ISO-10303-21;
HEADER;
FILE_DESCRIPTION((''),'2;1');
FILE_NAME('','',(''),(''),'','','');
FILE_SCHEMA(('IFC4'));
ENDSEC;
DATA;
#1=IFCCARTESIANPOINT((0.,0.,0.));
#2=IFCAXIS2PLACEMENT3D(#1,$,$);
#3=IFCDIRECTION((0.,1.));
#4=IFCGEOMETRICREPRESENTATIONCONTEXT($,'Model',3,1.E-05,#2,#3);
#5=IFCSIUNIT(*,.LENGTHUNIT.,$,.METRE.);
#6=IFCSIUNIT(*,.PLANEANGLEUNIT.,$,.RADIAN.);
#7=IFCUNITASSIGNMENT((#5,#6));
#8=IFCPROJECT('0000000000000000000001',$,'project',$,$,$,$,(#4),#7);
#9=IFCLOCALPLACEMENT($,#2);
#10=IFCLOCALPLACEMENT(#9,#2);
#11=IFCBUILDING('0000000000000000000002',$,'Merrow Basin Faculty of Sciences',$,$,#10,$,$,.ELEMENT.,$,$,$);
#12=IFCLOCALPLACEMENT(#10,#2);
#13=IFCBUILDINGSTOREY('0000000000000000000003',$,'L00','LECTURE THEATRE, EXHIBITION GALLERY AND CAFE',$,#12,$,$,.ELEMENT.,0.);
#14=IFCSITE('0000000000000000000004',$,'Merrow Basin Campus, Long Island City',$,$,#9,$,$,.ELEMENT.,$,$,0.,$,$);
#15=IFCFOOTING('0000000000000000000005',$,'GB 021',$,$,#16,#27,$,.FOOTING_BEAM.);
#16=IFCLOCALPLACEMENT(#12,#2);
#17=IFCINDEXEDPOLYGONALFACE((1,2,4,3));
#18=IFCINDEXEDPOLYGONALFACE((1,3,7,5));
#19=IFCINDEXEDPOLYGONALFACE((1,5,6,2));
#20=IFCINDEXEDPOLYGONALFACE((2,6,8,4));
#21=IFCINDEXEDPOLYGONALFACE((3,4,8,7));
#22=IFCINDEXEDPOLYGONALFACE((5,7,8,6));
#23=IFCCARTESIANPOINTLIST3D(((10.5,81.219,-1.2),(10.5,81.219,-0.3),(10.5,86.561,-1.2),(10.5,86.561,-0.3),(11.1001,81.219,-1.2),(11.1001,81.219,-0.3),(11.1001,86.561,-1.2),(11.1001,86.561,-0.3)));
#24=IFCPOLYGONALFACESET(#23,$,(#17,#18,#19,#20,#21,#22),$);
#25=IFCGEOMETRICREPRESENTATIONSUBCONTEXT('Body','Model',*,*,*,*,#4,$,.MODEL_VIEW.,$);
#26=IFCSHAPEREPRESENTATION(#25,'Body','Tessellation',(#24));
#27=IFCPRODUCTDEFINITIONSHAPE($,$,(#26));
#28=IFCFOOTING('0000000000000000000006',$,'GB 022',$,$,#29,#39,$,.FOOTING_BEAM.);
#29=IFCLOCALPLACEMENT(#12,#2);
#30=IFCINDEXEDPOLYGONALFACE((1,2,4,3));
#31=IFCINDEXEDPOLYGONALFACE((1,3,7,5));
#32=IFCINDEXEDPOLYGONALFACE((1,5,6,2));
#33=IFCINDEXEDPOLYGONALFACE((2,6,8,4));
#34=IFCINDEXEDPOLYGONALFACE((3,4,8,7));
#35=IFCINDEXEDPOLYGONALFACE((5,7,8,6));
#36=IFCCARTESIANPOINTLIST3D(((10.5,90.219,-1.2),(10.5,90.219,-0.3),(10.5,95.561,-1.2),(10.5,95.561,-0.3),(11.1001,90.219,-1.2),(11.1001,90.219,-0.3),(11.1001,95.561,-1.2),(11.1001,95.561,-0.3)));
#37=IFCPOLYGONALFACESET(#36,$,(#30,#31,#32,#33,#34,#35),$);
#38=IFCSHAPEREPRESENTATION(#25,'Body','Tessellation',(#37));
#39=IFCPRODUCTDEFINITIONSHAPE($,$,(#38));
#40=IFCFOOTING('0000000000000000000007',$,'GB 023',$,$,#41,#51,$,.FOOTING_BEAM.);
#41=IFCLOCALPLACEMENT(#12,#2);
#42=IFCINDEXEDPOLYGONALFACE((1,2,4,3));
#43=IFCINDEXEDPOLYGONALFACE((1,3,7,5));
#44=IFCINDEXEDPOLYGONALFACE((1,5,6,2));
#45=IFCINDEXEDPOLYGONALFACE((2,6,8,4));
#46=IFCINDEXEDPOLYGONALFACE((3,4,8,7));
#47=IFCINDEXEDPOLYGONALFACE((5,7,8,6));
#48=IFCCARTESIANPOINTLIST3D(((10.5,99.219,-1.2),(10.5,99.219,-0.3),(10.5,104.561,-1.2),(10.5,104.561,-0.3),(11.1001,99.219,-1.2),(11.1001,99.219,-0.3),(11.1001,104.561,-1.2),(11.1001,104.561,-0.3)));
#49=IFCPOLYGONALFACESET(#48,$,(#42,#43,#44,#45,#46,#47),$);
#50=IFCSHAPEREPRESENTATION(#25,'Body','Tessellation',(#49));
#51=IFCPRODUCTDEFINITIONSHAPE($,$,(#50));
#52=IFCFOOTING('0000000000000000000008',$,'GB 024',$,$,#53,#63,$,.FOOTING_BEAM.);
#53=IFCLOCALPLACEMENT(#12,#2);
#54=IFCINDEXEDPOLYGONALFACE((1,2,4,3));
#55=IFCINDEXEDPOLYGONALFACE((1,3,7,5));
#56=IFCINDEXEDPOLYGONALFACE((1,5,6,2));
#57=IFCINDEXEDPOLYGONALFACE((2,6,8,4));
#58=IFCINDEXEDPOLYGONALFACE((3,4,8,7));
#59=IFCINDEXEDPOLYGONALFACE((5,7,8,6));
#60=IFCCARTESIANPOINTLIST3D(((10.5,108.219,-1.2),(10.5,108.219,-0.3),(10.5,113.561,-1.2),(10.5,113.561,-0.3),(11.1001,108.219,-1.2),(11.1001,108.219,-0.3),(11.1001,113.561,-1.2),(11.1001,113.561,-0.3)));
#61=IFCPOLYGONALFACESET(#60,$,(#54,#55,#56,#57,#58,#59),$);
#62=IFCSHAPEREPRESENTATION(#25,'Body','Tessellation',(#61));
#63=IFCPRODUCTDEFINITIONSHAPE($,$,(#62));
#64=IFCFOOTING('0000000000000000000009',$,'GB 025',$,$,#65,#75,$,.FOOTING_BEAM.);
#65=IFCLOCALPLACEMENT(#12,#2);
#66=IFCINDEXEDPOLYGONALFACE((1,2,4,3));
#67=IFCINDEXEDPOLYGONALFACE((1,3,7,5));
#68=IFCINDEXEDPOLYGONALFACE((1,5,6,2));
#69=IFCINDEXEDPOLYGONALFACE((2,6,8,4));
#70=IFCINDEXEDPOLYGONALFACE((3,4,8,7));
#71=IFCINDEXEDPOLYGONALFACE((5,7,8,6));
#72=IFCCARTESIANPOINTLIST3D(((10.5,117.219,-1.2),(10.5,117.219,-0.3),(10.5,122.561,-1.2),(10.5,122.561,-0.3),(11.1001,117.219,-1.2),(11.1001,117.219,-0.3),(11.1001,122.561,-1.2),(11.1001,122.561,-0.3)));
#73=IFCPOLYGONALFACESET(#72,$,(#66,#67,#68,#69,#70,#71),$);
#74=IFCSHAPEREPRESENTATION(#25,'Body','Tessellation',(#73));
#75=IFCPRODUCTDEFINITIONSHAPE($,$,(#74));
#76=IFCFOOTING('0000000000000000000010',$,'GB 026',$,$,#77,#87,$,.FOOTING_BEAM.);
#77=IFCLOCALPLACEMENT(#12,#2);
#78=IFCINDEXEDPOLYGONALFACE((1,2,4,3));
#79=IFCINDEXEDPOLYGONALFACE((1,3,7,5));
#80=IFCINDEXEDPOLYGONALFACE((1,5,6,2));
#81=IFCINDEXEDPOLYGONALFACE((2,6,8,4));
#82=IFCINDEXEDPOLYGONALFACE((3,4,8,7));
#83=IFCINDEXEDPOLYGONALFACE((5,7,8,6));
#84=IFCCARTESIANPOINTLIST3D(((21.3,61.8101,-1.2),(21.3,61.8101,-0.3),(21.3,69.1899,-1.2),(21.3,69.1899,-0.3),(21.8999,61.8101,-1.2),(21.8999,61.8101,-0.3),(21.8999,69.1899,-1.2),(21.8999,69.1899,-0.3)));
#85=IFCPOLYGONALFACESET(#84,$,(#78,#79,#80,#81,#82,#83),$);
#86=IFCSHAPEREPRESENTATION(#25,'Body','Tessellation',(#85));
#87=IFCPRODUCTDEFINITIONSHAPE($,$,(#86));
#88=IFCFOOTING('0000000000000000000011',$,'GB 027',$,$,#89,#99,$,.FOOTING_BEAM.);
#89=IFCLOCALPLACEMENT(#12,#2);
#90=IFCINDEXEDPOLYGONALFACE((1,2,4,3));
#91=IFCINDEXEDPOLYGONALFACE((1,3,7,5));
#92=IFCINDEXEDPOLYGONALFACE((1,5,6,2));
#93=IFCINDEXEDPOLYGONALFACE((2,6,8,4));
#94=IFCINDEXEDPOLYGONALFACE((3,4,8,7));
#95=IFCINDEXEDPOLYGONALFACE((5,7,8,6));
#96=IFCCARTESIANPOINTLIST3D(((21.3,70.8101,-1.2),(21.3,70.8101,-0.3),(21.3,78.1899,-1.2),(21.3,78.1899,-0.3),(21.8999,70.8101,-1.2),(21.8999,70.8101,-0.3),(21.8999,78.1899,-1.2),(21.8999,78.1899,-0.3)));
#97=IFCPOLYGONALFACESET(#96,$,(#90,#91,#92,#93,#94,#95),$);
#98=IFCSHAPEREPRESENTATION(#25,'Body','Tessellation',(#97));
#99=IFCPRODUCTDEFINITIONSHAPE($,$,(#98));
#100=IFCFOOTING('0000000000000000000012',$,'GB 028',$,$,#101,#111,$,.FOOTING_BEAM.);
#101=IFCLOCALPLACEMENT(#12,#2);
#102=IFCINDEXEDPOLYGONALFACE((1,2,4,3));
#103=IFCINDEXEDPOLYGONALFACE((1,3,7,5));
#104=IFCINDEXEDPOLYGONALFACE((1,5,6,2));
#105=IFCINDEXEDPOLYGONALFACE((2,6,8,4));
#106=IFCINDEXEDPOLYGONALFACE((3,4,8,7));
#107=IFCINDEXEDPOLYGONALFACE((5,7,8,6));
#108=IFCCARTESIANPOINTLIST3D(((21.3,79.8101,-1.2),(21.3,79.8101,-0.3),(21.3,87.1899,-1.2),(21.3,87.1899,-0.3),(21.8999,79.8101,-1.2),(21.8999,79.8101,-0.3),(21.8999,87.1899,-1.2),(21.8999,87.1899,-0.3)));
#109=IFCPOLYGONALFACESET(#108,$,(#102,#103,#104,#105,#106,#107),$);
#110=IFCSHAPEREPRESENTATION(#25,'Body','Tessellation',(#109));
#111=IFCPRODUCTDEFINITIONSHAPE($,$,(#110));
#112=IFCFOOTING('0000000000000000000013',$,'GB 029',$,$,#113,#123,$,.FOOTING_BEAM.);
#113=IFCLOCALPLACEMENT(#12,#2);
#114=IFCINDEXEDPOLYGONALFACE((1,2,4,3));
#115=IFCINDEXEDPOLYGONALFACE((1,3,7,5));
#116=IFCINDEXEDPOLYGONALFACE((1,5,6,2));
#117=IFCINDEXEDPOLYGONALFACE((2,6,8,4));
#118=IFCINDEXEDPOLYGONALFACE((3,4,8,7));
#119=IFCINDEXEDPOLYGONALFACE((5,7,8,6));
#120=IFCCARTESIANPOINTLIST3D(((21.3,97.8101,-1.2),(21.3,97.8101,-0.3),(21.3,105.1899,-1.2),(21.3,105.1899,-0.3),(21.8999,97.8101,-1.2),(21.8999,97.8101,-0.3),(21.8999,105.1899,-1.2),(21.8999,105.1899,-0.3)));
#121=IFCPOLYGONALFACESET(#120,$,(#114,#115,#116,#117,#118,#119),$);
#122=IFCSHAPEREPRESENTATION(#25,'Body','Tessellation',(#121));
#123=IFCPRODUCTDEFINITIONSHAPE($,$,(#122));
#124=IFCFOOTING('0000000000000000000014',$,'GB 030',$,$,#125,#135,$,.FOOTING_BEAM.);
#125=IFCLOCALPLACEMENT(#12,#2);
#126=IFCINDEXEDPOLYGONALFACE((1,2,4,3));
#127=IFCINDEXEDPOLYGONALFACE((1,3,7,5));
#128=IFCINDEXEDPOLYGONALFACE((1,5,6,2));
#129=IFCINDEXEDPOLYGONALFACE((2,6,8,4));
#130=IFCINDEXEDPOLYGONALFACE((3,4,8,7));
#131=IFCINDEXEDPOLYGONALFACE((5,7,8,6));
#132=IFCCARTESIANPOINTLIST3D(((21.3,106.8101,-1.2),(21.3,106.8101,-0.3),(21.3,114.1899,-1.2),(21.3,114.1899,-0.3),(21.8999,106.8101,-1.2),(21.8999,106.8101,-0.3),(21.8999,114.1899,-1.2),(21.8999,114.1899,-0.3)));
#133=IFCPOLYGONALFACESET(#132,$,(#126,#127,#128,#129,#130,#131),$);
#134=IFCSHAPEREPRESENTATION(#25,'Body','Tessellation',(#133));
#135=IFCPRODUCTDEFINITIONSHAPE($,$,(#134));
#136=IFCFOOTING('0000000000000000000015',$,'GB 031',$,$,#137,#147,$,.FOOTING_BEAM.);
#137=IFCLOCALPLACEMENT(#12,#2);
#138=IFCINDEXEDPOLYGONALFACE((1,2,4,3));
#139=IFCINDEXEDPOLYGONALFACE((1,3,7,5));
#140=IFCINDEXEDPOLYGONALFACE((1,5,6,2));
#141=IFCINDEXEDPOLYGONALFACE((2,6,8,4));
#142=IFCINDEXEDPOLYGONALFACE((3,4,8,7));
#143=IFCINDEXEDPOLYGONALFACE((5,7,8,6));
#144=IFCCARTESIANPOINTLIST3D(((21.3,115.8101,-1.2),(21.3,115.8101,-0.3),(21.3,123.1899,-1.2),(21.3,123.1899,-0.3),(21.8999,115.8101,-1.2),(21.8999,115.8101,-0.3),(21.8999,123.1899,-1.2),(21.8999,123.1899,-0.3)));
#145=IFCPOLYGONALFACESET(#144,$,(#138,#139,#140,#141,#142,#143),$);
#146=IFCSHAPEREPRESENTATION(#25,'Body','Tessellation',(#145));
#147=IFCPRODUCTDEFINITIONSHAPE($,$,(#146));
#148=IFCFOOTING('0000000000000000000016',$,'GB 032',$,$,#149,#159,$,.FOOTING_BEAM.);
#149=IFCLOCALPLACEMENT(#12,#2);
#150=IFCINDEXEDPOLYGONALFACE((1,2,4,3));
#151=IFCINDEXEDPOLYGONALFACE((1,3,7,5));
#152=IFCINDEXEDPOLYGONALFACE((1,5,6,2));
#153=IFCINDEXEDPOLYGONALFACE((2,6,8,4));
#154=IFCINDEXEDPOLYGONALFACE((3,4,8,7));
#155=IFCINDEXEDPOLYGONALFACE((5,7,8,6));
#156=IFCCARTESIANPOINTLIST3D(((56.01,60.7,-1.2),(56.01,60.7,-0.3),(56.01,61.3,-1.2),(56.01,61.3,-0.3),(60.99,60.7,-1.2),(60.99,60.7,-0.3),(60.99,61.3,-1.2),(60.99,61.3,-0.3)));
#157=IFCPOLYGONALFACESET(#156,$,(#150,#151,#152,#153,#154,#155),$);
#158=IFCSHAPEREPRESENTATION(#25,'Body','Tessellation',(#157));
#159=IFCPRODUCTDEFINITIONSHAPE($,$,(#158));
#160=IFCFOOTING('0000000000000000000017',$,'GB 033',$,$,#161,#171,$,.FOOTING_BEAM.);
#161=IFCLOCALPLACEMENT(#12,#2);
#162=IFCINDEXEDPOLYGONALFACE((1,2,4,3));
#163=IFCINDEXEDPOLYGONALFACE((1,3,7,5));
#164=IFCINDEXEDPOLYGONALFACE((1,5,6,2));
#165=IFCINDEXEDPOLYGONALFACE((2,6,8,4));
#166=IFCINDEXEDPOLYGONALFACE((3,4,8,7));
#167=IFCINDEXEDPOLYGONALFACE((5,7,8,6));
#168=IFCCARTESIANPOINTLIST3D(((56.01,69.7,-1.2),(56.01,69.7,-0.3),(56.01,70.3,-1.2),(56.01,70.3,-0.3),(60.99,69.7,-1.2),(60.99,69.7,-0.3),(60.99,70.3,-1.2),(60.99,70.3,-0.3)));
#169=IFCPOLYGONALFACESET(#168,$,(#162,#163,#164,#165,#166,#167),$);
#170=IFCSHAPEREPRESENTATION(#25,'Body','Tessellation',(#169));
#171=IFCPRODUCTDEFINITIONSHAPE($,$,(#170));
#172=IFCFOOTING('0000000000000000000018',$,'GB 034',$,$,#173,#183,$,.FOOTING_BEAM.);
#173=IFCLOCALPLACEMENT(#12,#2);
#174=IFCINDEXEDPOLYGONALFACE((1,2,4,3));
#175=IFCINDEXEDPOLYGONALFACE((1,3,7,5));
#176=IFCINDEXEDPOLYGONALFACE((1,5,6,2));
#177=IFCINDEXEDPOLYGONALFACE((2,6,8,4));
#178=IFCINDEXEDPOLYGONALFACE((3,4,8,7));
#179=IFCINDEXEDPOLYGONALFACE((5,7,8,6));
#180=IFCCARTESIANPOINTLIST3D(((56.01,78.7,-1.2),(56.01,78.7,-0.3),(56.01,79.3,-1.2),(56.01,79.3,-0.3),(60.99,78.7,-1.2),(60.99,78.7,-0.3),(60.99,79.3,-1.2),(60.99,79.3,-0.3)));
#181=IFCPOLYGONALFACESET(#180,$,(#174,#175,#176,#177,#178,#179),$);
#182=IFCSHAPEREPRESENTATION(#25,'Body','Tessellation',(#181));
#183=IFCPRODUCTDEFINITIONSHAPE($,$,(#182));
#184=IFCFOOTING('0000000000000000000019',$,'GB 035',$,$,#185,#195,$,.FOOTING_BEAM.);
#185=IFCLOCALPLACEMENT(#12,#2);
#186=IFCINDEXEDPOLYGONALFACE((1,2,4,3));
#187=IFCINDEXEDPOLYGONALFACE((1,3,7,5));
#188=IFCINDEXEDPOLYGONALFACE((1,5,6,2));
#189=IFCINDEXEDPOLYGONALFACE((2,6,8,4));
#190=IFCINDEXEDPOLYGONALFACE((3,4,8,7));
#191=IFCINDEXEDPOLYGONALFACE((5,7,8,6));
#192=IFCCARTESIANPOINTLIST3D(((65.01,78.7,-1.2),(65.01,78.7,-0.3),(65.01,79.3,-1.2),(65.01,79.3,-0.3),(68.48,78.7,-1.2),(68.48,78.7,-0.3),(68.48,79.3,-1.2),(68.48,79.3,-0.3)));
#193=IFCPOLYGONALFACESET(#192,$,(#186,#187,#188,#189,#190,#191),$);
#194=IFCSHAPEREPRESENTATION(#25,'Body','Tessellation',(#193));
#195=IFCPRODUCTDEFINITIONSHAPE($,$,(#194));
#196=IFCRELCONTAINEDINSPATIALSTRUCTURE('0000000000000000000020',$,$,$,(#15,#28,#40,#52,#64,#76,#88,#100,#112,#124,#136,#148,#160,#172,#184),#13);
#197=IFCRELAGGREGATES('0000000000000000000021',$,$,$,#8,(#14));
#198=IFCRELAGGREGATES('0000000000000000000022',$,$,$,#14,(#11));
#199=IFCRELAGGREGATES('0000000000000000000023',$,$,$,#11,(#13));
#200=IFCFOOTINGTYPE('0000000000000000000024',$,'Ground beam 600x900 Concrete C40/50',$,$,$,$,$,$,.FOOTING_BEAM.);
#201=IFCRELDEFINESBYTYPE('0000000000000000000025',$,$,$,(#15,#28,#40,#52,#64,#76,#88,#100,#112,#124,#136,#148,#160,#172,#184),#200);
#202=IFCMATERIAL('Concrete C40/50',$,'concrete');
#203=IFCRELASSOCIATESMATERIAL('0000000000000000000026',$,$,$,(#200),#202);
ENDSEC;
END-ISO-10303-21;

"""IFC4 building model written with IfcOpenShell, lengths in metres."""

from ifc_helpers import new_model, si_unit, direction, frame, origin, place, context, subcontext, project, spatial, polyline, outline, extrude, material, type_object, element, save


model = new_model("IFC4")

# Units and contexts
model_context = context("Model", 3, precision=1e-05, world=origin(), true_north=direction((0.0, 1.0)))
body_context = subcontext(model_context, "Body", "Model", "MODEL_VIEW")
ifc_project = project(units=[si_unit("LENGTHUNIT", "METRE"), si_unit("PLANEANGLEUNIT", "RADIAN")], contexts=[model_context])

# Site, building, storey
site_placement = place(None, origin())
site = spatial("IfcSite", under=ifc_project, at=site_placement, Name="Merrow Basin Campus, Long Island City", CompositionType="ELEMENT", RefElevation=0.0)
building_placement = place(site_placement, origin())
building = spatial("IfcBuilding", under=site, at=building_placement, Name="Merrow Basin Faculty of Sciences", CompositionType="ELEMENT")
storey_placement = place(building_placement, origin())
storey = spatial("IfcBuildingStorey", under=building, at=storey_placement, Name="L00", Description="LECTURE THEATRE, EXHIBITION GALLERY AND CAFE", CompositionType="ELEMENT", Elevation=0.0)

# Footings
ifc_material = material(Name="Concrete C40/50", Category="concrete")
footing_type = type_object("IfcFootingType", Name="Ground beam 600x900 Concrete C40/50", PredefinedType="FOOTING_BEAM", material=ifc_material)
footing_1_placement = place(storey_placement, frame((0.0, 0.0, -1.2)))
element("IfcFooting", 1, at=footing_1_placement, inside=storey, type_object=footing_type, Name="GB 021", PredefinedType="FOOTING_BEAM", context=body_context, shape_type="SweptSolid", body=[
    extrude(outline(polyline([(10.5, 81.219), (11.1001, 81.219), (11.1001, 86.561), (10.5, 86.561), (10.5, 81.219)])), origin(), (0.0, 0.0, 1.0), 0.8999),
])
footing_2_placement = place(storey_placement, frame((0.0, 0.0, -1.2)))
element("IfcFooting", 2, at=footing_2_placement, inside=storey, type_object=footing_type, Name="GB 022", PredefinedType="FOOTING_BEAM", context=body_context, shape_type="SweptSolid", body=[
    extrude(outline(polyline([(10.5, 90.219), (11.1001, 90.219), (11.1001, 95.561), (10.5, 95.561), (10.5, 90.219)])), origin(), (0.0, 0.0, 1.0), 0.8999),
])
footing_3_placement = place(storey_placement, frame((0.0, 0.0, -1.2)))
element("IfcFooting", 3, at=footing_3_placement, inside=storey, type_object=footing_type, Name="GB 023", PredefinedType="FOOTING_BEAM", context=body_context, shape_type="SweptSolid", body=[
    extrude(outline(polyline([(10.5, 99.219), (11.1001, 99.219), (11.1001, 104.561), (10.5, 104.561), (10.5, 99.219)])), origin(), (0.0, 0.0, 1.0), 0.8999),
])
footing_4_placement = place(storey_placement, frame((0.0, 0.0, -1.2)))
element("IfcFooting", 4, at=footing_4_placement, inside=storey, type_object=footing_type, Name="GB 024", PredefinedType="FOOTING_BEAM", context=body_context, shape_type="SweptSolid", body=[
    extrude(outline(polyline([(10.5, 108.219), (11.1001, 108.219), (11.1001, 113.561), (10.5, 113.561), (10.5, 108.219)])), origin(), (0.0, 0.0, 1.0), 0.8999),
])
footing_5_placement = place(storey_placement, frame((0.0, 0.0, -1.2)))
element("IfcFooting", 5, at=footing_5_placement, inside=storey, type_object=footing_type, Name="GB 025", PredefinedType="FOOTING_BEAM", context=body_context, shape_type="SweptSolid", body=[
    extrude(outline(polyline([(10.5, 117.219), (11.1001, 117.219), (11.1001, 122.561), (10.5, 122.561), (10.5, 117.219)])), origin(), (0.0, 0.0, 1.0), 0.8999),
])
footing_6_placement = place(storey_placement, frame((0.0, 0.0, -1.2)))
element("IfcFooting", 6, at=footing_6_placement, inside=storey, type_object=footing_type, Name="GB 026", PredefinedType="FOOTING_BEAM", context=body_context, shape_type="SweptSolid", body=[
    extrude(outline(polyline([(21.3, 61.8101), (21.8999, 61.8101), (21.8999, 69.1899), (21.3, 69.1899), (21.3, 61.8101)])), origin(), (0.0, 0.0, 1.0), 0.8999),
])
footing_7_placement = place(storey_placement, frame((0.0, 0.0, -1.2)))
element("IfcFooting", 7, at=footing_7_placement, inside=storey, type_object=footing_type, Name="GB 027", PredefinedType="FOOTING_BEAM", context=body_context, shape_type="SweptSolid", body=[
    extrude(outline(polyline([(21.3, 70.8101), (21.8999, 70.8101), (21.8999, 78.1899), (21.3, 78.1899), (21.3, 70.8101)])), origin(), (0.0, 0.0, 1.0), 0.8999),
])
footing_8_placement = place(storey_placement, frame((0.0, 0.0, -1.2)))
element("IfcFooting", 8, at=footing_8_placement, inside=storey, type_object=footing_type, Name="GB 028", PredefinedType="FOOTING_BEAM", context=body_context, shape_type="SweptSolid", body=[
    extrude(outline(polyline([(21.3, 79.8101), (21.8999, 79.8101), (21.8999, 87.1899), (21.3, 87.1899), (21.3, 79.8101)])), origin(), (0.0, 0.0, 1.0), 0.8999),
])
footing_9_placement = place(storey_placement, frame((0.0, 0.0, -1.2)))
element("IfcFooting", 9, at=footing_9_placement, inside=storey, type_object=footing_type, Name="GB 029", PredefinedType="FOOTING_BEAM", context=body_context, shape_type="SweptSolid", body=[
    extrude(outline(polyline([(21.3, 97.8101), (21.8999, 97.8101), (21.8999, 105.1899), (21.3, 105.1899), (21.3, 97.8101)])), origin(), (0.0, 0.0, 1.0), 0.8999),
])
footing_10_placement = place(storey_placement, frame((0.0, 0.0, -1.2)))
element("IfcFooting", 10, at=footing_10_placement, inside=storey, type_object=footing_type, Name="GB 030", PredefinedType="FOOTING_BEAM", context=body_context, shape_type="SweptSolid", body=[
    extrude(outline(polyline([(21.3, 106.8101), (21.8999, 106.8101), (21.8999, 114.1899), (21.3, 114.1899), (21.3, 106.8101)])), origin(), (0.0, 0.0, 1.0), 0.8999),
])
footing_11_placement = place(storey_placement, frame((0.0, 0.0, -1.2)))
element("IfcFooting", 11, at=footing_11_placement, inside=storey, type_object=footing_type, Name="GB 031", PredefinedType="FOOTING_BEAM", context=body_context, shape_type="SweptSolid", body=[
    extrude(outline(polyline([(21.3, 115.8101), (21.8999, 115.8101), (21.8999, 123.1899), (21.3, 123.1899), (21.3, 115.8101)])), origin(), (0.0, 0.0, 1.0), 0.8999),
])
footing_12_placement = place(storey_placement, frame((0.0, 0.0, -1.2)))
element("IfcFooting", 12, at=footing_12_placement, inside=storey, type_object=footing_type, Name="GB 032", PredefinedType="FOOTING_BEAM", context=body_context, shape_type="SweptSolid", body=[
    extrude(outline(polyline([(56.01, 60.7), (60.99, 60.7), (60.99, 61.3), (56.01, 61.3), (56.01, 60.7)])), origin(), (0.0, 0.0, 1.0), 0.8999),
])
footing_13_placement = place(storey_placement, frame((0.0, 0.0, -1.2)))
element("IfcFooting", 13, at=footing_13_placement, inside=storey, type_object=footing_type, Name="GB 033", PredefinedType="FOOTING_BEAM", context=body_context, shape_type="SweptSolid", body=[
    extrude(outline(polyline([(56.01, 69.7), (60.99, 69.7), (60.99, 70.3), (56.01, 70.3), (56.01, 69.7)])), origin(), (0.0, 0.0, 1.0), 0.8999),
])
footing_14_placement = place(storey_placement, frame((0.0, 0.0, -1.2)))
element("IfcFooting", 14, at=footing_14_placement, inside=storey, type_object=footing_type, Name="GB 034", PredefinedType="FOOTING_BEAM", context=body_context, shape_type="SweptSolid", body=[
    extrude(outline(polyline([(56.01, 78.7), (60.99, 78.7), (60.99, 79.3), (56.01, 79.3), (56.01, 78.7)])), origin(), (0.0, 0.0, 1.0), 0.8999),
])
footing_15_placement = place(storey_placement, frame((0.0, 0.0, -1.2)))
element("IfcFooting", 15, at=footing_15_placement, inside=storey, type_object=footing_type, Name="GB 035", PredefinedType="FOOTING_BEAM", context=body_context, shape_type="SweptSolid", body=[
    extrude(outline(polyline([(65.01, 78.7), (68.48, 78.7), (68.48, 79.3), (65.01, 79.3), (65.01, 78.7)])), origin(), (0.0, 0.0, 1.0), 0.8999),
])

save(model, "model.ifc")
